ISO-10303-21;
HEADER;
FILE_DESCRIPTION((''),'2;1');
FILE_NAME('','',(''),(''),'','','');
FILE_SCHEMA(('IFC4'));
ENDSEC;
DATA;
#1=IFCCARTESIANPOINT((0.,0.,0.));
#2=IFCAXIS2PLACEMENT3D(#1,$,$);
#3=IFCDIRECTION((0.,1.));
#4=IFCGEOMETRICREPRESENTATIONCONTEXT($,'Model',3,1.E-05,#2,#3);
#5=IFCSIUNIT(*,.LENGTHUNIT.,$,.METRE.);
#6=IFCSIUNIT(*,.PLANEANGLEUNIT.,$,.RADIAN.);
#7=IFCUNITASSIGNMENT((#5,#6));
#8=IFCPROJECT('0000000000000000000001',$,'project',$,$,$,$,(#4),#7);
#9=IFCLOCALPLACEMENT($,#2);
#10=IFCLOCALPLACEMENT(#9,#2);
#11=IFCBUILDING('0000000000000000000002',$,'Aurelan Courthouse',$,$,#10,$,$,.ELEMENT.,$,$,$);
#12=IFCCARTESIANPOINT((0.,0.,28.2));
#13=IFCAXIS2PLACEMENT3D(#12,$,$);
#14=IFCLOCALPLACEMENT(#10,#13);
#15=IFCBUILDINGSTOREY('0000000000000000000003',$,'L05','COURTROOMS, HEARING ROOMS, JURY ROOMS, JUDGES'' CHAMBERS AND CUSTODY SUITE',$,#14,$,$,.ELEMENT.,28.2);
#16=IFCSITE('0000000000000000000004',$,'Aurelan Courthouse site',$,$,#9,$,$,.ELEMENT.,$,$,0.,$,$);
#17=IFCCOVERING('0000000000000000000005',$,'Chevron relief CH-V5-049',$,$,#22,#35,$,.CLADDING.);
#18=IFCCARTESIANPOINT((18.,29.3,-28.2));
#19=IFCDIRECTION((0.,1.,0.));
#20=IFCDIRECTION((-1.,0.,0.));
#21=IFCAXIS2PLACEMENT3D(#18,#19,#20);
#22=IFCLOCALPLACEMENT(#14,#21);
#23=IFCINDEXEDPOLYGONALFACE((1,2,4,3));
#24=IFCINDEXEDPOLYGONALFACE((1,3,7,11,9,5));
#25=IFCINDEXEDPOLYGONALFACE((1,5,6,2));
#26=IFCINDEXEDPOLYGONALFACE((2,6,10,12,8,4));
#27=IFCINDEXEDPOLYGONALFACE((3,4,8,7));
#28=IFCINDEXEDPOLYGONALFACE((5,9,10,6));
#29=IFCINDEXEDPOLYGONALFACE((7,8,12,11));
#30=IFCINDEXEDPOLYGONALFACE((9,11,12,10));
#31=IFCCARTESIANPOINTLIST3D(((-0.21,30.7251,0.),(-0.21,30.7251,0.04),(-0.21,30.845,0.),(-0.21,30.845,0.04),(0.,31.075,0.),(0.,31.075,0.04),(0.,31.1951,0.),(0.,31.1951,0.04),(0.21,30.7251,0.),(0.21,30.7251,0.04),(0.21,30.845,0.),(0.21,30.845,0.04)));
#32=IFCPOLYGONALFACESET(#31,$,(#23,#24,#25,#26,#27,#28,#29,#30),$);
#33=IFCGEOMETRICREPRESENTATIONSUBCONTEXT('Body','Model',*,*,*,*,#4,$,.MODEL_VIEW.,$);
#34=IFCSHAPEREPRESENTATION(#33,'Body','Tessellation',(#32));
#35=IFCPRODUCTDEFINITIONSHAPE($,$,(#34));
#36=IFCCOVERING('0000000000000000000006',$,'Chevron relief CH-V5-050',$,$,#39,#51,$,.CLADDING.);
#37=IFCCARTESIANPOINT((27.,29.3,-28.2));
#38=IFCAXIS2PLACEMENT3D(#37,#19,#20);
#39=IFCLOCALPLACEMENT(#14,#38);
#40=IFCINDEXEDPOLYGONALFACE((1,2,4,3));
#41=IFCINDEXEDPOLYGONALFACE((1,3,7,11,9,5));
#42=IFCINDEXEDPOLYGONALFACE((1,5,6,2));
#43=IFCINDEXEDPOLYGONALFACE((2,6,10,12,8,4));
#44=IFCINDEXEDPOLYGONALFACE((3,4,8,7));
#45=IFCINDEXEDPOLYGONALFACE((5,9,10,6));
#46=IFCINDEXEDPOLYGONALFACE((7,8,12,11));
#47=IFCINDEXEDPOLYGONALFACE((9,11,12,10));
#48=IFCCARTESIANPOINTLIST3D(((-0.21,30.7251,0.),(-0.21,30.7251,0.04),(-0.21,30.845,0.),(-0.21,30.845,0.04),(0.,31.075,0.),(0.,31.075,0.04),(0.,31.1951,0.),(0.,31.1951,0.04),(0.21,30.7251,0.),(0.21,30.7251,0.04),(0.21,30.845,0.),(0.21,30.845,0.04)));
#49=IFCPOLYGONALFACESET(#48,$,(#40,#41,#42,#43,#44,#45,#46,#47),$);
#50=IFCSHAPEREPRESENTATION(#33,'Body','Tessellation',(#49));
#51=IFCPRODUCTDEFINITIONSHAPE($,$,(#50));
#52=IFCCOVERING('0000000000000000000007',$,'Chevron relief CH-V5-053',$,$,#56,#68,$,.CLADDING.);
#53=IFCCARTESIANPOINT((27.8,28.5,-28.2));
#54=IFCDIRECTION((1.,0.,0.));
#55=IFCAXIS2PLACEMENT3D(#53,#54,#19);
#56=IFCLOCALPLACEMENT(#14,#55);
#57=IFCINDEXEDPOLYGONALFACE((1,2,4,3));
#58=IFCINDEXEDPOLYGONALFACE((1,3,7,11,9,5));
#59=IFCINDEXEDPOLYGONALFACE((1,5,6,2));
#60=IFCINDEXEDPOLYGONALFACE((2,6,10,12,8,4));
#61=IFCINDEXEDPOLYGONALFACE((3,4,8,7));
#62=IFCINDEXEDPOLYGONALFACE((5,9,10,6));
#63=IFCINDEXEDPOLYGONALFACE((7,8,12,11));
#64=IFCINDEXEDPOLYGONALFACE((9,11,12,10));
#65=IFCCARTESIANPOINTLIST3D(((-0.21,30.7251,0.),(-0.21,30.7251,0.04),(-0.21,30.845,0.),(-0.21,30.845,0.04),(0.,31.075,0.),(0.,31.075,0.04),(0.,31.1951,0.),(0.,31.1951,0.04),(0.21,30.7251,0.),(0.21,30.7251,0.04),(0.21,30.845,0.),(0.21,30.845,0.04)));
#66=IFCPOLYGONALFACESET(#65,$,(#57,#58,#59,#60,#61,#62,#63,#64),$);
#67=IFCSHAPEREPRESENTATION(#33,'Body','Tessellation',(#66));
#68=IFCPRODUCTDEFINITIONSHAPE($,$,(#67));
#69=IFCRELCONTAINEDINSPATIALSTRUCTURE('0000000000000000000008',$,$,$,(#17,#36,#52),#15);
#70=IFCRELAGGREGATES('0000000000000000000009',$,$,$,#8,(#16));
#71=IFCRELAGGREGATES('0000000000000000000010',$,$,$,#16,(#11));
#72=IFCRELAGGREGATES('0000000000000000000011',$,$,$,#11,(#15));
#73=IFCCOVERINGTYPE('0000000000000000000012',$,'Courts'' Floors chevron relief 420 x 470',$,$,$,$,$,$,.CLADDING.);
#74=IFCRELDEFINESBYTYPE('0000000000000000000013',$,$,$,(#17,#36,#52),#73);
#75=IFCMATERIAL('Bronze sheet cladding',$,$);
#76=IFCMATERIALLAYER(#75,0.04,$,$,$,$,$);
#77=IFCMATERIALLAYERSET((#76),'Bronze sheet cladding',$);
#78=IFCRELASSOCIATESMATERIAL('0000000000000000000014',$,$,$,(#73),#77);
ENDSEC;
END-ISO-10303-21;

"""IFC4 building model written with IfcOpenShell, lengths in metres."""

from ifc_helpers import new_model, si_unit, direction, frame, origin, place, context, subcontext, project, spatial, polyline, outline, extrude, material, layer, layer_set, type_object, element, save


model = new_model("IFC4")

# Units and contexts
model_context = context("Model", 3, precision=1e-05, world=origin(), true_north=direction((0.0, 1.0)))
body_context = subcontext(model_context, "Body", "Model", "MODEL_VIEW")
ifc_project = project(units=[si_unit("LENGTHUNIT", "METRE"), si_unit("PLANEANGLEUNIT", "RADIAN")], contexts=[model_context])

# Site, building, storey
site_placement = place(None, origin())
site = spatial("IfcSite", under=ifc_project, at=site_placement, Name="Aurelan Courthouse site", CompositionType="ELEMENT", RefElevation=0.0)
building_placement = place(site_placement, origin())
building = spatial("IfcBuilding", under=site, at=building_placement, Name="Aurelan Courthouse", CompositionType="ELEMENT")
storey_placement = place(building_placement, frame((0.0, 0.0, 28.2)))
storey = spatial("IfcBuildingStorey", under=building, at=storey_placement, Name="L05", Description="COURTROOMS, HEARING ROOMS, JURY ROOMS, JUDGES' CHAMBERS AND CUSTODY SUITE", CompositionType="ELEMENT", Elevation=28.2)

# Coverings
ifc_material_1 = material(Name="Bronze sheet cladding")
ifc_layer_1 = layer(ifc_material_1, 0.04)
ifc_layer_set_1 = layer_set([ifc_layer_1], Name="Bronze sheet cladding")
covering_type_1 = type_object("IfcCoveringType", Name="Courts' Floors chevron relief 420 x 470", PredefinedType="CLADDING", material=ifc_layer_set_1)
for number, where, z_axis, x_axis, name in (
    (1, (18.0, 29.3, -28.2), (0.0, 1.0, 0.0), (-1.0, 0.0, 0.0), "Chevron relief CH-V5-049"),
    (2, (27.0, 29.3, -28.2), (0.0, 1.0, 0.0), (-1.0, 0.0, 0.0), "Chevron relief CH-V5-050"),
    (3, (27.8, 28.5, -28.2), (1.0, 0.0, 0.0), (0.0, 1.0, 0.0), "Chevron relief CH-V5-053"),
):
    element("IfcCovering", number, at=place(storey_placement, frame(where, z_axis=z_axis, x_axis=x_axis)), inside=storey, type_object=covering_type_1, Name=name, PredefinedType="CLADDING", context=body_context, shape_type="SweptSolid", body=[
        extrude(outline(polyline([(-0.21, 30.7251), (0.0, 31.075), (0.21, 30.7251), (0.21, 30.845), (0.0, 31.1951), (-0.21, 30.845), (-0.21, 30.7251)])), origin(), (0.0, 0.0, 1.0), 0.04),
    ])

save(model, "model.ifc")
